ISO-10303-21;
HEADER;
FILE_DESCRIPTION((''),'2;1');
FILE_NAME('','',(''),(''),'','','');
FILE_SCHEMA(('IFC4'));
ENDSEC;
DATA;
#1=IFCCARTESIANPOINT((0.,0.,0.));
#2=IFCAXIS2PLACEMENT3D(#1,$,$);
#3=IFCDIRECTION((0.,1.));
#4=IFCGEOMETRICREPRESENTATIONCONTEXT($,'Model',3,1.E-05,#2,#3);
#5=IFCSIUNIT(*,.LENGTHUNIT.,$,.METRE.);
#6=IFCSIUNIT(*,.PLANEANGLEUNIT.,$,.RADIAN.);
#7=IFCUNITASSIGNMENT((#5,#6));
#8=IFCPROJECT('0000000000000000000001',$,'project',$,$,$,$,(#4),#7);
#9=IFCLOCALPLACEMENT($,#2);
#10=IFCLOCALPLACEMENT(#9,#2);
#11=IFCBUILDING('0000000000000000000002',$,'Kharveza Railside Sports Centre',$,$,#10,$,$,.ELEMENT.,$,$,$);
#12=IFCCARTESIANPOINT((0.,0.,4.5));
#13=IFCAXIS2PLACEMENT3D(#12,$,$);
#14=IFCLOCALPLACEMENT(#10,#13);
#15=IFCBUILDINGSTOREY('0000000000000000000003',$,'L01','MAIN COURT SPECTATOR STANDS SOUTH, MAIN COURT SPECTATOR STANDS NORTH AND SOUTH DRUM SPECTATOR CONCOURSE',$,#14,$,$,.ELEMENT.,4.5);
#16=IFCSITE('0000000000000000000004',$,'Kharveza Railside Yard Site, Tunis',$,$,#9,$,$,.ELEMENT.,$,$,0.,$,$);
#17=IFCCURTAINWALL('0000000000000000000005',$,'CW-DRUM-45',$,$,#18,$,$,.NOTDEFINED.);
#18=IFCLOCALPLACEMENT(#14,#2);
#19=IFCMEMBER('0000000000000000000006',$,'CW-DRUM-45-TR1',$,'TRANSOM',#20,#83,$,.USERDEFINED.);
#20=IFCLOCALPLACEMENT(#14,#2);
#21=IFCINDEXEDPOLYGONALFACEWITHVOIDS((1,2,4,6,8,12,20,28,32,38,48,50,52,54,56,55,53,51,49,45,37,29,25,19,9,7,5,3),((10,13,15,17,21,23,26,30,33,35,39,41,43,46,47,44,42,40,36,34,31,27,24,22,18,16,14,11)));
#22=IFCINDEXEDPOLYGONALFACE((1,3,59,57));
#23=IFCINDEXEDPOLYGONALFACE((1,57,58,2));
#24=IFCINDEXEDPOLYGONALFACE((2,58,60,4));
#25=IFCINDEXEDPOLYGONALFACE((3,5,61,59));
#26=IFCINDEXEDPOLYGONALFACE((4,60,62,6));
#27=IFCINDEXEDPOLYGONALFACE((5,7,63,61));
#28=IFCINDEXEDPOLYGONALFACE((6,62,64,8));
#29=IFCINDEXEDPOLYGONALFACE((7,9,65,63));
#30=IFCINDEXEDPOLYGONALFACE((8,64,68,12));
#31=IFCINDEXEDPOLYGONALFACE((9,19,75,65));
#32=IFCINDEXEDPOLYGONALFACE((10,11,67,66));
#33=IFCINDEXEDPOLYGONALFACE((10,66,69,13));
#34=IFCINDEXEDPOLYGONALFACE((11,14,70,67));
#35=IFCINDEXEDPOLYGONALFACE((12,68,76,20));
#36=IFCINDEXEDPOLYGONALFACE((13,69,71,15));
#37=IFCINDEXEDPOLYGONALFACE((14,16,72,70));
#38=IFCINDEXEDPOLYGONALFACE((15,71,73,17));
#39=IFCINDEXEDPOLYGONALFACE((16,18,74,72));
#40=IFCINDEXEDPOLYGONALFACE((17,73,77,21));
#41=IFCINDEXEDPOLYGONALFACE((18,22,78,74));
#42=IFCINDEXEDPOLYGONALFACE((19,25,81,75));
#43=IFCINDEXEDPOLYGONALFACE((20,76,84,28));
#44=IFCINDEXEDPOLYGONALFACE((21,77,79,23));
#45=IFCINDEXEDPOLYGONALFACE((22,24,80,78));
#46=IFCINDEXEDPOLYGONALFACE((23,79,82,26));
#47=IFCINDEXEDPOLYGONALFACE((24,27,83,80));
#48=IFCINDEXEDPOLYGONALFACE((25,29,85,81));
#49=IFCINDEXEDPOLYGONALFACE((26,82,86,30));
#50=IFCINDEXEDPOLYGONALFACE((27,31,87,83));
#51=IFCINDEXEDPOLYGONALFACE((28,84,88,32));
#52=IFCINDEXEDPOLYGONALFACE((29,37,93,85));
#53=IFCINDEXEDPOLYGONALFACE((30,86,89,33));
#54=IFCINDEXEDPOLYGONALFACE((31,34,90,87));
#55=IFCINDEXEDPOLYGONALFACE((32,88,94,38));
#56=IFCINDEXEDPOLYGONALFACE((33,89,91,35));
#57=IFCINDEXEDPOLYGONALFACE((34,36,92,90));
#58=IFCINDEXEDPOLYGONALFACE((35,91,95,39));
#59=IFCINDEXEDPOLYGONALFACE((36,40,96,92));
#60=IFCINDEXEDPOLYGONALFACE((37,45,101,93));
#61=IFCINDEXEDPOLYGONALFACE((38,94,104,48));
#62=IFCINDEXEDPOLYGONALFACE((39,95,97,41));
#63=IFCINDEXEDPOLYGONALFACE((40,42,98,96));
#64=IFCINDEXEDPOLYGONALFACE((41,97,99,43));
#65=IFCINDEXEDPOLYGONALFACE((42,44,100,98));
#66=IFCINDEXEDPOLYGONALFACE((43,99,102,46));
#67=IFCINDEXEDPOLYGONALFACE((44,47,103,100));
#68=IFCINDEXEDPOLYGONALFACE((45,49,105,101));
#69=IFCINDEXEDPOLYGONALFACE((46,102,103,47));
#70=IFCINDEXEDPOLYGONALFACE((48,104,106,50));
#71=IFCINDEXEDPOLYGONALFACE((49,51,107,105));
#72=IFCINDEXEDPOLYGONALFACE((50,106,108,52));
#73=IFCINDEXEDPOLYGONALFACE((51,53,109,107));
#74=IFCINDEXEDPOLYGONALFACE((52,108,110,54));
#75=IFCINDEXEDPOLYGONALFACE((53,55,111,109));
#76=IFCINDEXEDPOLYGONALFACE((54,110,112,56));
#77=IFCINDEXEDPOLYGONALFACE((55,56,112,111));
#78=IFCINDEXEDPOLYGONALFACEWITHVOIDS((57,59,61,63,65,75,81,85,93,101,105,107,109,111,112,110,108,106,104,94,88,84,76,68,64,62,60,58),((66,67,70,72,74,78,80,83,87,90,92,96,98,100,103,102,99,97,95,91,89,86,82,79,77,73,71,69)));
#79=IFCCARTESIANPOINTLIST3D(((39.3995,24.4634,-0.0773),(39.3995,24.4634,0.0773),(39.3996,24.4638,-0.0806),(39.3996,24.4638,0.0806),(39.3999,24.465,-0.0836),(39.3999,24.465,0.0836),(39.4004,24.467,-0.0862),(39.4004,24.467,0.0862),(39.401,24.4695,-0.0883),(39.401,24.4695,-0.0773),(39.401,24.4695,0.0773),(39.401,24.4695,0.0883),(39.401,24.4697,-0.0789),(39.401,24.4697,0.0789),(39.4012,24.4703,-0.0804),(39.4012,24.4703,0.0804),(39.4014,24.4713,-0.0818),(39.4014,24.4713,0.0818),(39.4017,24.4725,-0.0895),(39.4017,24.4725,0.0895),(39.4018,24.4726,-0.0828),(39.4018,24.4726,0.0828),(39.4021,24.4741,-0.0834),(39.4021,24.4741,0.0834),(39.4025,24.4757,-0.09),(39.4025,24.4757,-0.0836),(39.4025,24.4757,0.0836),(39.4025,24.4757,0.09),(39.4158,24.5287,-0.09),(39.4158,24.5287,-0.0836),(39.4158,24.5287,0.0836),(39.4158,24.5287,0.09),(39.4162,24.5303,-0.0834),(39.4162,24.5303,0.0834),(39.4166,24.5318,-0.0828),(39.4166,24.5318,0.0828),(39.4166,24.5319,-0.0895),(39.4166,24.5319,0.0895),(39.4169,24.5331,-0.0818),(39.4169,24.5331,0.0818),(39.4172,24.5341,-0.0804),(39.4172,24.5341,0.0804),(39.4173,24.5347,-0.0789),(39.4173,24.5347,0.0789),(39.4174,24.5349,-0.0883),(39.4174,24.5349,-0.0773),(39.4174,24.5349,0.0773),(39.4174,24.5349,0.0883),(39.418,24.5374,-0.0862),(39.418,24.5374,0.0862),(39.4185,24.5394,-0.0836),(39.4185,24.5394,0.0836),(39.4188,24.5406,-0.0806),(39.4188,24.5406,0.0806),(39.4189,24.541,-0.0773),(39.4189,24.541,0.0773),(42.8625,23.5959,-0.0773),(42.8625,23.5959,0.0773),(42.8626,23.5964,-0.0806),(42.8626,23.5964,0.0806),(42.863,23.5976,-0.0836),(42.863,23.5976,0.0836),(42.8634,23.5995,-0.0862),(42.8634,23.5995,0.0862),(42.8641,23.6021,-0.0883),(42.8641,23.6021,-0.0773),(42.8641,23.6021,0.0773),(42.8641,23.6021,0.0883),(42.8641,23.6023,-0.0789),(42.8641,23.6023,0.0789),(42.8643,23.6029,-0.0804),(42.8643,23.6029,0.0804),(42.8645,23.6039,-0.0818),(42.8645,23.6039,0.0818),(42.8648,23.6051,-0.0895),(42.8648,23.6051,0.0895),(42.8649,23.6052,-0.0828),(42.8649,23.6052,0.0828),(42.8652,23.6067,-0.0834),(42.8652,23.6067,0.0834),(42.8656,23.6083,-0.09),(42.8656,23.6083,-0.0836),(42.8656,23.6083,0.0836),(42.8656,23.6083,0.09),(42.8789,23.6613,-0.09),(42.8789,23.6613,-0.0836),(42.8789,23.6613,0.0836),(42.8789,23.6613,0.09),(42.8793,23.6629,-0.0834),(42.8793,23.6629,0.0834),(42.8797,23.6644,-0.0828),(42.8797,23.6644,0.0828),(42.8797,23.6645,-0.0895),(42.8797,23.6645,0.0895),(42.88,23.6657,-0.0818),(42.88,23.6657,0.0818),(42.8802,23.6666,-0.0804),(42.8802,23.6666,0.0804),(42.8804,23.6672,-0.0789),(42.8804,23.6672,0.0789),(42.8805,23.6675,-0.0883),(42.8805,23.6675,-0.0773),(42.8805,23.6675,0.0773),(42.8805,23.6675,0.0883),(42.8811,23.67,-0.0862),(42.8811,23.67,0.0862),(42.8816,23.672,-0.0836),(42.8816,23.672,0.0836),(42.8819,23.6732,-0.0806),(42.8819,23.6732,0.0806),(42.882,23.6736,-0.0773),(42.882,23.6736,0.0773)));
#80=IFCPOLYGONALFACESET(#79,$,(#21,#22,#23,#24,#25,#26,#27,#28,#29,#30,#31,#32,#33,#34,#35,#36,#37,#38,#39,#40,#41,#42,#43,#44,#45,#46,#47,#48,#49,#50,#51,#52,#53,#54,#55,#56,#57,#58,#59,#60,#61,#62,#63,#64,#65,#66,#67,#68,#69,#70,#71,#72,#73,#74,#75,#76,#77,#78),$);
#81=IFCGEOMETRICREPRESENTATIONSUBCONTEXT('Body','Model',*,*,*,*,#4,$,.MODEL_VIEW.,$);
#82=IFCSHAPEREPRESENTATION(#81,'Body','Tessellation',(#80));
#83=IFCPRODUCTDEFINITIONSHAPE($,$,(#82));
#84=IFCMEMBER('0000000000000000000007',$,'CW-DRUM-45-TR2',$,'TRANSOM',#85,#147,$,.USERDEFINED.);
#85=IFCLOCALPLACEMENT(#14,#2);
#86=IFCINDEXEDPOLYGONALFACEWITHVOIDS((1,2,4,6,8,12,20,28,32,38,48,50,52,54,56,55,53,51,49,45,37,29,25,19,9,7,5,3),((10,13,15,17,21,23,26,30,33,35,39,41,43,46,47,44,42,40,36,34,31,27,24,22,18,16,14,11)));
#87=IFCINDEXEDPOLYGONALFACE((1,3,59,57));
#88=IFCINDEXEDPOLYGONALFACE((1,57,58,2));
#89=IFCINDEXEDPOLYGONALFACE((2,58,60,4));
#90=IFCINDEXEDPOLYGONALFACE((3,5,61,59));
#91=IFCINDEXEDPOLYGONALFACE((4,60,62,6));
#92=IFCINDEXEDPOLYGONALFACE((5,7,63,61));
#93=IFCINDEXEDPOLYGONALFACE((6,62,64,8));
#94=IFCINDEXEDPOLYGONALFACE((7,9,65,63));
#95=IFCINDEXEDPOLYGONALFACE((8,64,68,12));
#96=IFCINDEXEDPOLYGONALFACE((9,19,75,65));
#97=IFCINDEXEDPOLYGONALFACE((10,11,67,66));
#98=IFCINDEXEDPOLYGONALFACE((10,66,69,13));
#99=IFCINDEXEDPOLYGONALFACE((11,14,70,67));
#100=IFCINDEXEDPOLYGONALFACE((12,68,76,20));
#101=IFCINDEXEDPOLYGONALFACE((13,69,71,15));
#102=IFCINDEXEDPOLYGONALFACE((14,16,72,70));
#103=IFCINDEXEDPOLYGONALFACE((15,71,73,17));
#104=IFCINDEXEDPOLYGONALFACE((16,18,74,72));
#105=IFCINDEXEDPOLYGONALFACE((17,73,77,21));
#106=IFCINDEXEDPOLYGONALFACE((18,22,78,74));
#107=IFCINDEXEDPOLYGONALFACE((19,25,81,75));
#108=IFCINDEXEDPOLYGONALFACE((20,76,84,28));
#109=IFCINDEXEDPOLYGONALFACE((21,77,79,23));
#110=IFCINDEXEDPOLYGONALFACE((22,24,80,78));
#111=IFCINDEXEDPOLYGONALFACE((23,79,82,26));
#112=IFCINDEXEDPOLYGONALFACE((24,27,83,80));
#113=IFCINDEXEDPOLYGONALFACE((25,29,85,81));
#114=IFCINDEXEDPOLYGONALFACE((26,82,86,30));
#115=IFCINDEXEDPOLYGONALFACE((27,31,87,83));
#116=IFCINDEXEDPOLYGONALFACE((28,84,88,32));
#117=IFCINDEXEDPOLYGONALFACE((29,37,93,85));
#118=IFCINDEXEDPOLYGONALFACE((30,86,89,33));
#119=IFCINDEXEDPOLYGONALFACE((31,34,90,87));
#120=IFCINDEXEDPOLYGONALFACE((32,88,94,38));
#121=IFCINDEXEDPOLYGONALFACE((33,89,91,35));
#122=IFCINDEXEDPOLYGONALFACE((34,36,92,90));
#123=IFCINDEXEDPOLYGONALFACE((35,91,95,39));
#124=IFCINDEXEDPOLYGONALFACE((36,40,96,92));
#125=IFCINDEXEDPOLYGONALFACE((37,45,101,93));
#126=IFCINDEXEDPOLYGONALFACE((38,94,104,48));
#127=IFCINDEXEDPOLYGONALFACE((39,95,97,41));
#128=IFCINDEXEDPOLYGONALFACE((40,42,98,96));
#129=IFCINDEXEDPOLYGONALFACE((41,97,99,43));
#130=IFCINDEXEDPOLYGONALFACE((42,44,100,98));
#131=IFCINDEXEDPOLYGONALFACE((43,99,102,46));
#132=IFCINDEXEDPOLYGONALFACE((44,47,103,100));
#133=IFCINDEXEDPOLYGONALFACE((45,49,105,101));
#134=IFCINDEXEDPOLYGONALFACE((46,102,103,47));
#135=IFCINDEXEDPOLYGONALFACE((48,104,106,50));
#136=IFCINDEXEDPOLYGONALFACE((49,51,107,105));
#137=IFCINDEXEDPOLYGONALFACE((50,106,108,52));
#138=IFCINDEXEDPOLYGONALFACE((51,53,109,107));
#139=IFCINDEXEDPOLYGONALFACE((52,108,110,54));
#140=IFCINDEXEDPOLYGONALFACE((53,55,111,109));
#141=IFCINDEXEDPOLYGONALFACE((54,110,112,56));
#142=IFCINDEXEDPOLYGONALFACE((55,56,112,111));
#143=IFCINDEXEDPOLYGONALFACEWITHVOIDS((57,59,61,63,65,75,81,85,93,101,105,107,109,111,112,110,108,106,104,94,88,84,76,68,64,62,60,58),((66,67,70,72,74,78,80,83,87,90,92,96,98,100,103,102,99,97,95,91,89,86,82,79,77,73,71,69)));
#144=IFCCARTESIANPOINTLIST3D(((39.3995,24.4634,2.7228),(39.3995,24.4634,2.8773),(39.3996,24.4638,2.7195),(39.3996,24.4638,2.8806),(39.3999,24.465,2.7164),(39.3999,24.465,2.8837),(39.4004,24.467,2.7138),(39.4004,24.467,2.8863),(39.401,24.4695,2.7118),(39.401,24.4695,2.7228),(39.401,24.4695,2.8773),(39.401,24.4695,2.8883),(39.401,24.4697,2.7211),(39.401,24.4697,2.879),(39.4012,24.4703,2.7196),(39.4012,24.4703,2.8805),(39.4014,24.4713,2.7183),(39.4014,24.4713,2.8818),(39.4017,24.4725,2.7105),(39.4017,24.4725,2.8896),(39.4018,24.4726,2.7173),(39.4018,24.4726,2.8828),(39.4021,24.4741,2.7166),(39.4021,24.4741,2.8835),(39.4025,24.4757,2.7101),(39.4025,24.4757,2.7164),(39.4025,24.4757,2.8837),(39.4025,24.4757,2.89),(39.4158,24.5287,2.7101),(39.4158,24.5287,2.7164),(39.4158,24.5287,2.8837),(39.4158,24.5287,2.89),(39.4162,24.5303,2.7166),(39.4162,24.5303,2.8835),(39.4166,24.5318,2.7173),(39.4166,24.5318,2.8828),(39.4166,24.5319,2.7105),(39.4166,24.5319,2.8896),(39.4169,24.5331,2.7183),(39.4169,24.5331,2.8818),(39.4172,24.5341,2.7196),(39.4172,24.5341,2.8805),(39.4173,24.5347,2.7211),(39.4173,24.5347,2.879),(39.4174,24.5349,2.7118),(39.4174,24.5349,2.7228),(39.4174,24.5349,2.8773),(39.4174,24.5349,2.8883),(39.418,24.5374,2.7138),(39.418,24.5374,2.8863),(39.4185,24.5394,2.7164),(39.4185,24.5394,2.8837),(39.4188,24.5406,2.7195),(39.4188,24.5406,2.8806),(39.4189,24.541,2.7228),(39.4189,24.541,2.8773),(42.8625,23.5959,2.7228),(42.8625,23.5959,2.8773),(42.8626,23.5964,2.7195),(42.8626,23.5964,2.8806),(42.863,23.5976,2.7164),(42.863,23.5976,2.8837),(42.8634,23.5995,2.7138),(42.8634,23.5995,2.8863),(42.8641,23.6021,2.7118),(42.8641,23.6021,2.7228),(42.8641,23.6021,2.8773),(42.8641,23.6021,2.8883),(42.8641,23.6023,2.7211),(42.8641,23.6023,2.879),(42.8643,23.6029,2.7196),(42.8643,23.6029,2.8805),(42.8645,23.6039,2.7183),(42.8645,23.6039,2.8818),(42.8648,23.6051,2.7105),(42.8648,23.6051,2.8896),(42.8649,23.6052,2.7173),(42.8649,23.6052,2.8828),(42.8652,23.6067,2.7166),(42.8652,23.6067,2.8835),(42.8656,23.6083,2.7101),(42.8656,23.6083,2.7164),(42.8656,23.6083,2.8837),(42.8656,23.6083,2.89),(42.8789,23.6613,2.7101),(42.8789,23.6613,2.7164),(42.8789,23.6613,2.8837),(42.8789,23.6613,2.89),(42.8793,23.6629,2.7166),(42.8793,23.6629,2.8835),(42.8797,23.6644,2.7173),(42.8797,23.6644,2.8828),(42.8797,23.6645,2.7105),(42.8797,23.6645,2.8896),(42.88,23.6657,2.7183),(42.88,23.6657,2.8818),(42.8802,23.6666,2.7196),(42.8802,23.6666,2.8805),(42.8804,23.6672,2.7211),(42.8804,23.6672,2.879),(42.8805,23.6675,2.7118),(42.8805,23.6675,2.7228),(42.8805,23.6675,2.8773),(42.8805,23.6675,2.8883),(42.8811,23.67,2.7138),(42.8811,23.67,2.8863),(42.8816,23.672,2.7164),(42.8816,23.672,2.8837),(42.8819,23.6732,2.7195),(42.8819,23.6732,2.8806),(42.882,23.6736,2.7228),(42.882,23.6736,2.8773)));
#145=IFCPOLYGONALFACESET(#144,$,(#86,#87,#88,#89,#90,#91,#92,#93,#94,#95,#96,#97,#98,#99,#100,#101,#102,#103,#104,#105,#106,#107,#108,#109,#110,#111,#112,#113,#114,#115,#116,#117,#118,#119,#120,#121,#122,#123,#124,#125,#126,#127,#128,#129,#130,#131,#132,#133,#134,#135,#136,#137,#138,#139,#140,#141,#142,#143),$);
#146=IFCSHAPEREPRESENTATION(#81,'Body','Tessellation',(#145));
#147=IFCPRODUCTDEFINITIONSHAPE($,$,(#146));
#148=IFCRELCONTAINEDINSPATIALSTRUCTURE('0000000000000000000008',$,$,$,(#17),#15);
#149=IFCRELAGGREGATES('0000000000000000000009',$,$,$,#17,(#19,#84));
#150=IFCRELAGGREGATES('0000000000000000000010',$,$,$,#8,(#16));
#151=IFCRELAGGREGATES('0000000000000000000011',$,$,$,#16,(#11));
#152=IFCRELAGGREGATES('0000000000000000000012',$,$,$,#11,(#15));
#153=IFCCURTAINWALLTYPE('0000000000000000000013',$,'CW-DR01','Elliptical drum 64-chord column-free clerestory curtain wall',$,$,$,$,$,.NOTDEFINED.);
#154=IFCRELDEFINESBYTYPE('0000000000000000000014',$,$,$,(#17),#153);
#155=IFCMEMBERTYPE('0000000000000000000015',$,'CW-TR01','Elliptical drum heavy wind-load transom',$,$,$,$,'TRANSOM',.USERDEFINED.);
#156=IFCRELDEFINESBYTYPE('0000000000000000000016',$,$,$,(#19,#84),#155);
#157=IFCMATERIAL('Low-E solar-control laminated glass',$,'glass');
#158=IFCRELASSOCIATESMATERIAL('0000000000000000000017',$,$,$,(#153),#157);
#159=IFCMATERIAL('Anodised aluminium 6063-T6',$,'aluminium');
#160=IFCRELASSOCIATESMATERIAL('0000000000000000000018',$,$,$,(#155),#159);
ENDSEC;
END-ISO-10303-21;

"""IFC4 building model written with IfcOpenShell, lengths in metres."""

from ifc_helpers import new_model, si_unit, direction, frame, origin, origin_2d, place, context, subcontext, project, spatial, hollow_rectangle, extrude, material, material_profile, profile_set, type_object, element, aggregate, save


model = new_model("IFC4")

# Units and contexts
model_context = context("Model", 3, precision=1e-05, world=origin(), true_north=direction((0.0, 1.0)))
body_context = subcontext(model_context, "Body", "Model", "MODEL_VIEW")
ifc_project = project(units=[si_unit("LENGTHUNIT", "METRE"), si_unit("PLANEANGLEUNIT", "RADIAN")], contexts=[model_context])

# Site, building, storey
site_placement = place(None, origin())
site = spatial("IfcSite", under=ifc_project, at=site_placement, Name="Kharveza Railside Yard Site, Tunis", CompositionType="ELEMENT", RefElevation=0.0)
building_placement = place(site_placement, origin())
building = spatial("IfcBuilding", under=site, at=building_placement, Name="Kharveza Railside Sports Centre", CompositionType="ELEMENT")
storey_placement = place(building_placement, frame((0.0, 0.0, 4.5)))
storey = spatial("IfcBuildingStorey", under=building, at=storey_placement, Name="L01", Description="MAIN COURT SPECTATOR STANDS SOUTH, MAIN COURT SPECTATOR STANDS NORTH AND SOUTH DRUM SPECTATOR CONCOURSE", CompositionType="ELEMENT", Elevation=4.5)

# Shared definitions
ifc_material_1 = material(Name="Low-E solar-control laminated glass", Category="glass")
curtain_wall_type = type_object("IfcCurtainWallType", Name="CW-DR01", Description="Elliptical drum 64-chord column-free clerestory curtain wall", PredefinedType="NOTDEFINED", material=ifc_material_1)
ifc_material_2 = material(Name="Anodised aluminium 6063-T6", Category="aluminium")

# Curtain wall
curtain_wall_1_placement = place(storey_placement, origin())
curtain_wall_1 = element("IfcCurtainWall", 1, at=curtain_wall_1_placement, inside=storey, type_object=curtain_wall_type, Name="CW-DRUM-45", PredefinedType="NOTDEFINED")

# Members
ifc_material_profile_1 = material_profile(ifc_material_2, hollow_rectangle(XDim=0.0801, YDim=0.1799, WallThickness=0.0063, InnerFilletRadius=0.0063, OuterFilletRadius=0.0127, at=origin_2d()), Name="RHS 80x180x6.3")
ifc_profile_set_1 = profile_set([ifc_material_profile_1], Name="Anodised aluminium 6063-T6")
member_type_1 = type_object("IfcMemberType", Name="CW-TR01", Description="Elliptical drum heavy wind-load transom", ElementType="TRANSOM", PredefinedType="USERDEFINED", material=ifc_profile_set_1)
member_1_placement = place(storey_placement, frame((39.4092, 24.5022, 0.0), z_axis=(0.970034, -0.24297, 0.0), x_axis=(0.24297, 0.970034, 0.0)))
member_1 = element("IfcMember", 2, at=member_1_placement, type_object=member_type_1, Name="CW-DRUM-45-TR1", ObjectType="TRANSOM", PredefinedType="USERDEFINED", context=body_context, shape_type="SweptSolid", body=[
    extrude(hollow_rectangle(XDim=0.0801, YDim=0.1799, WallThickness=0.0063, InnerFilletRadius=0.0063, OuterFilletRadius=0.0127, at=origin_2d()), origin(), (0.0, 0.0, 1.0), 3.5701),
])
member_2_placement = place(storey_placement, frame((39.4092, 24.5022, 2.8), z_axis=(0.970034, -0.24297, 0.0), x_axis=(0.24297, 0.970034, 0.0)))
member_2 = element("IfcMember", 3, at=member_2_placement, type_object=member_type_1, Name="CW-DRUM-45-TR2", ObjectType="TRANSOM", PredefinedType="USERDEFINED", context=body_context, shape_type="SweptSolid", body=[
    extrude(hollow_rectangle(XDim=0.0801, YDim=0.1799, WallThickness=0.0063, InnerFilletRadius=0.0063, OuterFilletRadius=0.0127, at=origin_2d()), origin(), (0.0, 0.0, 1.0), 3.5701),
])

aggregate(curtain_wall_1, [member_1, member_2])

save(model, "model.ifc")
